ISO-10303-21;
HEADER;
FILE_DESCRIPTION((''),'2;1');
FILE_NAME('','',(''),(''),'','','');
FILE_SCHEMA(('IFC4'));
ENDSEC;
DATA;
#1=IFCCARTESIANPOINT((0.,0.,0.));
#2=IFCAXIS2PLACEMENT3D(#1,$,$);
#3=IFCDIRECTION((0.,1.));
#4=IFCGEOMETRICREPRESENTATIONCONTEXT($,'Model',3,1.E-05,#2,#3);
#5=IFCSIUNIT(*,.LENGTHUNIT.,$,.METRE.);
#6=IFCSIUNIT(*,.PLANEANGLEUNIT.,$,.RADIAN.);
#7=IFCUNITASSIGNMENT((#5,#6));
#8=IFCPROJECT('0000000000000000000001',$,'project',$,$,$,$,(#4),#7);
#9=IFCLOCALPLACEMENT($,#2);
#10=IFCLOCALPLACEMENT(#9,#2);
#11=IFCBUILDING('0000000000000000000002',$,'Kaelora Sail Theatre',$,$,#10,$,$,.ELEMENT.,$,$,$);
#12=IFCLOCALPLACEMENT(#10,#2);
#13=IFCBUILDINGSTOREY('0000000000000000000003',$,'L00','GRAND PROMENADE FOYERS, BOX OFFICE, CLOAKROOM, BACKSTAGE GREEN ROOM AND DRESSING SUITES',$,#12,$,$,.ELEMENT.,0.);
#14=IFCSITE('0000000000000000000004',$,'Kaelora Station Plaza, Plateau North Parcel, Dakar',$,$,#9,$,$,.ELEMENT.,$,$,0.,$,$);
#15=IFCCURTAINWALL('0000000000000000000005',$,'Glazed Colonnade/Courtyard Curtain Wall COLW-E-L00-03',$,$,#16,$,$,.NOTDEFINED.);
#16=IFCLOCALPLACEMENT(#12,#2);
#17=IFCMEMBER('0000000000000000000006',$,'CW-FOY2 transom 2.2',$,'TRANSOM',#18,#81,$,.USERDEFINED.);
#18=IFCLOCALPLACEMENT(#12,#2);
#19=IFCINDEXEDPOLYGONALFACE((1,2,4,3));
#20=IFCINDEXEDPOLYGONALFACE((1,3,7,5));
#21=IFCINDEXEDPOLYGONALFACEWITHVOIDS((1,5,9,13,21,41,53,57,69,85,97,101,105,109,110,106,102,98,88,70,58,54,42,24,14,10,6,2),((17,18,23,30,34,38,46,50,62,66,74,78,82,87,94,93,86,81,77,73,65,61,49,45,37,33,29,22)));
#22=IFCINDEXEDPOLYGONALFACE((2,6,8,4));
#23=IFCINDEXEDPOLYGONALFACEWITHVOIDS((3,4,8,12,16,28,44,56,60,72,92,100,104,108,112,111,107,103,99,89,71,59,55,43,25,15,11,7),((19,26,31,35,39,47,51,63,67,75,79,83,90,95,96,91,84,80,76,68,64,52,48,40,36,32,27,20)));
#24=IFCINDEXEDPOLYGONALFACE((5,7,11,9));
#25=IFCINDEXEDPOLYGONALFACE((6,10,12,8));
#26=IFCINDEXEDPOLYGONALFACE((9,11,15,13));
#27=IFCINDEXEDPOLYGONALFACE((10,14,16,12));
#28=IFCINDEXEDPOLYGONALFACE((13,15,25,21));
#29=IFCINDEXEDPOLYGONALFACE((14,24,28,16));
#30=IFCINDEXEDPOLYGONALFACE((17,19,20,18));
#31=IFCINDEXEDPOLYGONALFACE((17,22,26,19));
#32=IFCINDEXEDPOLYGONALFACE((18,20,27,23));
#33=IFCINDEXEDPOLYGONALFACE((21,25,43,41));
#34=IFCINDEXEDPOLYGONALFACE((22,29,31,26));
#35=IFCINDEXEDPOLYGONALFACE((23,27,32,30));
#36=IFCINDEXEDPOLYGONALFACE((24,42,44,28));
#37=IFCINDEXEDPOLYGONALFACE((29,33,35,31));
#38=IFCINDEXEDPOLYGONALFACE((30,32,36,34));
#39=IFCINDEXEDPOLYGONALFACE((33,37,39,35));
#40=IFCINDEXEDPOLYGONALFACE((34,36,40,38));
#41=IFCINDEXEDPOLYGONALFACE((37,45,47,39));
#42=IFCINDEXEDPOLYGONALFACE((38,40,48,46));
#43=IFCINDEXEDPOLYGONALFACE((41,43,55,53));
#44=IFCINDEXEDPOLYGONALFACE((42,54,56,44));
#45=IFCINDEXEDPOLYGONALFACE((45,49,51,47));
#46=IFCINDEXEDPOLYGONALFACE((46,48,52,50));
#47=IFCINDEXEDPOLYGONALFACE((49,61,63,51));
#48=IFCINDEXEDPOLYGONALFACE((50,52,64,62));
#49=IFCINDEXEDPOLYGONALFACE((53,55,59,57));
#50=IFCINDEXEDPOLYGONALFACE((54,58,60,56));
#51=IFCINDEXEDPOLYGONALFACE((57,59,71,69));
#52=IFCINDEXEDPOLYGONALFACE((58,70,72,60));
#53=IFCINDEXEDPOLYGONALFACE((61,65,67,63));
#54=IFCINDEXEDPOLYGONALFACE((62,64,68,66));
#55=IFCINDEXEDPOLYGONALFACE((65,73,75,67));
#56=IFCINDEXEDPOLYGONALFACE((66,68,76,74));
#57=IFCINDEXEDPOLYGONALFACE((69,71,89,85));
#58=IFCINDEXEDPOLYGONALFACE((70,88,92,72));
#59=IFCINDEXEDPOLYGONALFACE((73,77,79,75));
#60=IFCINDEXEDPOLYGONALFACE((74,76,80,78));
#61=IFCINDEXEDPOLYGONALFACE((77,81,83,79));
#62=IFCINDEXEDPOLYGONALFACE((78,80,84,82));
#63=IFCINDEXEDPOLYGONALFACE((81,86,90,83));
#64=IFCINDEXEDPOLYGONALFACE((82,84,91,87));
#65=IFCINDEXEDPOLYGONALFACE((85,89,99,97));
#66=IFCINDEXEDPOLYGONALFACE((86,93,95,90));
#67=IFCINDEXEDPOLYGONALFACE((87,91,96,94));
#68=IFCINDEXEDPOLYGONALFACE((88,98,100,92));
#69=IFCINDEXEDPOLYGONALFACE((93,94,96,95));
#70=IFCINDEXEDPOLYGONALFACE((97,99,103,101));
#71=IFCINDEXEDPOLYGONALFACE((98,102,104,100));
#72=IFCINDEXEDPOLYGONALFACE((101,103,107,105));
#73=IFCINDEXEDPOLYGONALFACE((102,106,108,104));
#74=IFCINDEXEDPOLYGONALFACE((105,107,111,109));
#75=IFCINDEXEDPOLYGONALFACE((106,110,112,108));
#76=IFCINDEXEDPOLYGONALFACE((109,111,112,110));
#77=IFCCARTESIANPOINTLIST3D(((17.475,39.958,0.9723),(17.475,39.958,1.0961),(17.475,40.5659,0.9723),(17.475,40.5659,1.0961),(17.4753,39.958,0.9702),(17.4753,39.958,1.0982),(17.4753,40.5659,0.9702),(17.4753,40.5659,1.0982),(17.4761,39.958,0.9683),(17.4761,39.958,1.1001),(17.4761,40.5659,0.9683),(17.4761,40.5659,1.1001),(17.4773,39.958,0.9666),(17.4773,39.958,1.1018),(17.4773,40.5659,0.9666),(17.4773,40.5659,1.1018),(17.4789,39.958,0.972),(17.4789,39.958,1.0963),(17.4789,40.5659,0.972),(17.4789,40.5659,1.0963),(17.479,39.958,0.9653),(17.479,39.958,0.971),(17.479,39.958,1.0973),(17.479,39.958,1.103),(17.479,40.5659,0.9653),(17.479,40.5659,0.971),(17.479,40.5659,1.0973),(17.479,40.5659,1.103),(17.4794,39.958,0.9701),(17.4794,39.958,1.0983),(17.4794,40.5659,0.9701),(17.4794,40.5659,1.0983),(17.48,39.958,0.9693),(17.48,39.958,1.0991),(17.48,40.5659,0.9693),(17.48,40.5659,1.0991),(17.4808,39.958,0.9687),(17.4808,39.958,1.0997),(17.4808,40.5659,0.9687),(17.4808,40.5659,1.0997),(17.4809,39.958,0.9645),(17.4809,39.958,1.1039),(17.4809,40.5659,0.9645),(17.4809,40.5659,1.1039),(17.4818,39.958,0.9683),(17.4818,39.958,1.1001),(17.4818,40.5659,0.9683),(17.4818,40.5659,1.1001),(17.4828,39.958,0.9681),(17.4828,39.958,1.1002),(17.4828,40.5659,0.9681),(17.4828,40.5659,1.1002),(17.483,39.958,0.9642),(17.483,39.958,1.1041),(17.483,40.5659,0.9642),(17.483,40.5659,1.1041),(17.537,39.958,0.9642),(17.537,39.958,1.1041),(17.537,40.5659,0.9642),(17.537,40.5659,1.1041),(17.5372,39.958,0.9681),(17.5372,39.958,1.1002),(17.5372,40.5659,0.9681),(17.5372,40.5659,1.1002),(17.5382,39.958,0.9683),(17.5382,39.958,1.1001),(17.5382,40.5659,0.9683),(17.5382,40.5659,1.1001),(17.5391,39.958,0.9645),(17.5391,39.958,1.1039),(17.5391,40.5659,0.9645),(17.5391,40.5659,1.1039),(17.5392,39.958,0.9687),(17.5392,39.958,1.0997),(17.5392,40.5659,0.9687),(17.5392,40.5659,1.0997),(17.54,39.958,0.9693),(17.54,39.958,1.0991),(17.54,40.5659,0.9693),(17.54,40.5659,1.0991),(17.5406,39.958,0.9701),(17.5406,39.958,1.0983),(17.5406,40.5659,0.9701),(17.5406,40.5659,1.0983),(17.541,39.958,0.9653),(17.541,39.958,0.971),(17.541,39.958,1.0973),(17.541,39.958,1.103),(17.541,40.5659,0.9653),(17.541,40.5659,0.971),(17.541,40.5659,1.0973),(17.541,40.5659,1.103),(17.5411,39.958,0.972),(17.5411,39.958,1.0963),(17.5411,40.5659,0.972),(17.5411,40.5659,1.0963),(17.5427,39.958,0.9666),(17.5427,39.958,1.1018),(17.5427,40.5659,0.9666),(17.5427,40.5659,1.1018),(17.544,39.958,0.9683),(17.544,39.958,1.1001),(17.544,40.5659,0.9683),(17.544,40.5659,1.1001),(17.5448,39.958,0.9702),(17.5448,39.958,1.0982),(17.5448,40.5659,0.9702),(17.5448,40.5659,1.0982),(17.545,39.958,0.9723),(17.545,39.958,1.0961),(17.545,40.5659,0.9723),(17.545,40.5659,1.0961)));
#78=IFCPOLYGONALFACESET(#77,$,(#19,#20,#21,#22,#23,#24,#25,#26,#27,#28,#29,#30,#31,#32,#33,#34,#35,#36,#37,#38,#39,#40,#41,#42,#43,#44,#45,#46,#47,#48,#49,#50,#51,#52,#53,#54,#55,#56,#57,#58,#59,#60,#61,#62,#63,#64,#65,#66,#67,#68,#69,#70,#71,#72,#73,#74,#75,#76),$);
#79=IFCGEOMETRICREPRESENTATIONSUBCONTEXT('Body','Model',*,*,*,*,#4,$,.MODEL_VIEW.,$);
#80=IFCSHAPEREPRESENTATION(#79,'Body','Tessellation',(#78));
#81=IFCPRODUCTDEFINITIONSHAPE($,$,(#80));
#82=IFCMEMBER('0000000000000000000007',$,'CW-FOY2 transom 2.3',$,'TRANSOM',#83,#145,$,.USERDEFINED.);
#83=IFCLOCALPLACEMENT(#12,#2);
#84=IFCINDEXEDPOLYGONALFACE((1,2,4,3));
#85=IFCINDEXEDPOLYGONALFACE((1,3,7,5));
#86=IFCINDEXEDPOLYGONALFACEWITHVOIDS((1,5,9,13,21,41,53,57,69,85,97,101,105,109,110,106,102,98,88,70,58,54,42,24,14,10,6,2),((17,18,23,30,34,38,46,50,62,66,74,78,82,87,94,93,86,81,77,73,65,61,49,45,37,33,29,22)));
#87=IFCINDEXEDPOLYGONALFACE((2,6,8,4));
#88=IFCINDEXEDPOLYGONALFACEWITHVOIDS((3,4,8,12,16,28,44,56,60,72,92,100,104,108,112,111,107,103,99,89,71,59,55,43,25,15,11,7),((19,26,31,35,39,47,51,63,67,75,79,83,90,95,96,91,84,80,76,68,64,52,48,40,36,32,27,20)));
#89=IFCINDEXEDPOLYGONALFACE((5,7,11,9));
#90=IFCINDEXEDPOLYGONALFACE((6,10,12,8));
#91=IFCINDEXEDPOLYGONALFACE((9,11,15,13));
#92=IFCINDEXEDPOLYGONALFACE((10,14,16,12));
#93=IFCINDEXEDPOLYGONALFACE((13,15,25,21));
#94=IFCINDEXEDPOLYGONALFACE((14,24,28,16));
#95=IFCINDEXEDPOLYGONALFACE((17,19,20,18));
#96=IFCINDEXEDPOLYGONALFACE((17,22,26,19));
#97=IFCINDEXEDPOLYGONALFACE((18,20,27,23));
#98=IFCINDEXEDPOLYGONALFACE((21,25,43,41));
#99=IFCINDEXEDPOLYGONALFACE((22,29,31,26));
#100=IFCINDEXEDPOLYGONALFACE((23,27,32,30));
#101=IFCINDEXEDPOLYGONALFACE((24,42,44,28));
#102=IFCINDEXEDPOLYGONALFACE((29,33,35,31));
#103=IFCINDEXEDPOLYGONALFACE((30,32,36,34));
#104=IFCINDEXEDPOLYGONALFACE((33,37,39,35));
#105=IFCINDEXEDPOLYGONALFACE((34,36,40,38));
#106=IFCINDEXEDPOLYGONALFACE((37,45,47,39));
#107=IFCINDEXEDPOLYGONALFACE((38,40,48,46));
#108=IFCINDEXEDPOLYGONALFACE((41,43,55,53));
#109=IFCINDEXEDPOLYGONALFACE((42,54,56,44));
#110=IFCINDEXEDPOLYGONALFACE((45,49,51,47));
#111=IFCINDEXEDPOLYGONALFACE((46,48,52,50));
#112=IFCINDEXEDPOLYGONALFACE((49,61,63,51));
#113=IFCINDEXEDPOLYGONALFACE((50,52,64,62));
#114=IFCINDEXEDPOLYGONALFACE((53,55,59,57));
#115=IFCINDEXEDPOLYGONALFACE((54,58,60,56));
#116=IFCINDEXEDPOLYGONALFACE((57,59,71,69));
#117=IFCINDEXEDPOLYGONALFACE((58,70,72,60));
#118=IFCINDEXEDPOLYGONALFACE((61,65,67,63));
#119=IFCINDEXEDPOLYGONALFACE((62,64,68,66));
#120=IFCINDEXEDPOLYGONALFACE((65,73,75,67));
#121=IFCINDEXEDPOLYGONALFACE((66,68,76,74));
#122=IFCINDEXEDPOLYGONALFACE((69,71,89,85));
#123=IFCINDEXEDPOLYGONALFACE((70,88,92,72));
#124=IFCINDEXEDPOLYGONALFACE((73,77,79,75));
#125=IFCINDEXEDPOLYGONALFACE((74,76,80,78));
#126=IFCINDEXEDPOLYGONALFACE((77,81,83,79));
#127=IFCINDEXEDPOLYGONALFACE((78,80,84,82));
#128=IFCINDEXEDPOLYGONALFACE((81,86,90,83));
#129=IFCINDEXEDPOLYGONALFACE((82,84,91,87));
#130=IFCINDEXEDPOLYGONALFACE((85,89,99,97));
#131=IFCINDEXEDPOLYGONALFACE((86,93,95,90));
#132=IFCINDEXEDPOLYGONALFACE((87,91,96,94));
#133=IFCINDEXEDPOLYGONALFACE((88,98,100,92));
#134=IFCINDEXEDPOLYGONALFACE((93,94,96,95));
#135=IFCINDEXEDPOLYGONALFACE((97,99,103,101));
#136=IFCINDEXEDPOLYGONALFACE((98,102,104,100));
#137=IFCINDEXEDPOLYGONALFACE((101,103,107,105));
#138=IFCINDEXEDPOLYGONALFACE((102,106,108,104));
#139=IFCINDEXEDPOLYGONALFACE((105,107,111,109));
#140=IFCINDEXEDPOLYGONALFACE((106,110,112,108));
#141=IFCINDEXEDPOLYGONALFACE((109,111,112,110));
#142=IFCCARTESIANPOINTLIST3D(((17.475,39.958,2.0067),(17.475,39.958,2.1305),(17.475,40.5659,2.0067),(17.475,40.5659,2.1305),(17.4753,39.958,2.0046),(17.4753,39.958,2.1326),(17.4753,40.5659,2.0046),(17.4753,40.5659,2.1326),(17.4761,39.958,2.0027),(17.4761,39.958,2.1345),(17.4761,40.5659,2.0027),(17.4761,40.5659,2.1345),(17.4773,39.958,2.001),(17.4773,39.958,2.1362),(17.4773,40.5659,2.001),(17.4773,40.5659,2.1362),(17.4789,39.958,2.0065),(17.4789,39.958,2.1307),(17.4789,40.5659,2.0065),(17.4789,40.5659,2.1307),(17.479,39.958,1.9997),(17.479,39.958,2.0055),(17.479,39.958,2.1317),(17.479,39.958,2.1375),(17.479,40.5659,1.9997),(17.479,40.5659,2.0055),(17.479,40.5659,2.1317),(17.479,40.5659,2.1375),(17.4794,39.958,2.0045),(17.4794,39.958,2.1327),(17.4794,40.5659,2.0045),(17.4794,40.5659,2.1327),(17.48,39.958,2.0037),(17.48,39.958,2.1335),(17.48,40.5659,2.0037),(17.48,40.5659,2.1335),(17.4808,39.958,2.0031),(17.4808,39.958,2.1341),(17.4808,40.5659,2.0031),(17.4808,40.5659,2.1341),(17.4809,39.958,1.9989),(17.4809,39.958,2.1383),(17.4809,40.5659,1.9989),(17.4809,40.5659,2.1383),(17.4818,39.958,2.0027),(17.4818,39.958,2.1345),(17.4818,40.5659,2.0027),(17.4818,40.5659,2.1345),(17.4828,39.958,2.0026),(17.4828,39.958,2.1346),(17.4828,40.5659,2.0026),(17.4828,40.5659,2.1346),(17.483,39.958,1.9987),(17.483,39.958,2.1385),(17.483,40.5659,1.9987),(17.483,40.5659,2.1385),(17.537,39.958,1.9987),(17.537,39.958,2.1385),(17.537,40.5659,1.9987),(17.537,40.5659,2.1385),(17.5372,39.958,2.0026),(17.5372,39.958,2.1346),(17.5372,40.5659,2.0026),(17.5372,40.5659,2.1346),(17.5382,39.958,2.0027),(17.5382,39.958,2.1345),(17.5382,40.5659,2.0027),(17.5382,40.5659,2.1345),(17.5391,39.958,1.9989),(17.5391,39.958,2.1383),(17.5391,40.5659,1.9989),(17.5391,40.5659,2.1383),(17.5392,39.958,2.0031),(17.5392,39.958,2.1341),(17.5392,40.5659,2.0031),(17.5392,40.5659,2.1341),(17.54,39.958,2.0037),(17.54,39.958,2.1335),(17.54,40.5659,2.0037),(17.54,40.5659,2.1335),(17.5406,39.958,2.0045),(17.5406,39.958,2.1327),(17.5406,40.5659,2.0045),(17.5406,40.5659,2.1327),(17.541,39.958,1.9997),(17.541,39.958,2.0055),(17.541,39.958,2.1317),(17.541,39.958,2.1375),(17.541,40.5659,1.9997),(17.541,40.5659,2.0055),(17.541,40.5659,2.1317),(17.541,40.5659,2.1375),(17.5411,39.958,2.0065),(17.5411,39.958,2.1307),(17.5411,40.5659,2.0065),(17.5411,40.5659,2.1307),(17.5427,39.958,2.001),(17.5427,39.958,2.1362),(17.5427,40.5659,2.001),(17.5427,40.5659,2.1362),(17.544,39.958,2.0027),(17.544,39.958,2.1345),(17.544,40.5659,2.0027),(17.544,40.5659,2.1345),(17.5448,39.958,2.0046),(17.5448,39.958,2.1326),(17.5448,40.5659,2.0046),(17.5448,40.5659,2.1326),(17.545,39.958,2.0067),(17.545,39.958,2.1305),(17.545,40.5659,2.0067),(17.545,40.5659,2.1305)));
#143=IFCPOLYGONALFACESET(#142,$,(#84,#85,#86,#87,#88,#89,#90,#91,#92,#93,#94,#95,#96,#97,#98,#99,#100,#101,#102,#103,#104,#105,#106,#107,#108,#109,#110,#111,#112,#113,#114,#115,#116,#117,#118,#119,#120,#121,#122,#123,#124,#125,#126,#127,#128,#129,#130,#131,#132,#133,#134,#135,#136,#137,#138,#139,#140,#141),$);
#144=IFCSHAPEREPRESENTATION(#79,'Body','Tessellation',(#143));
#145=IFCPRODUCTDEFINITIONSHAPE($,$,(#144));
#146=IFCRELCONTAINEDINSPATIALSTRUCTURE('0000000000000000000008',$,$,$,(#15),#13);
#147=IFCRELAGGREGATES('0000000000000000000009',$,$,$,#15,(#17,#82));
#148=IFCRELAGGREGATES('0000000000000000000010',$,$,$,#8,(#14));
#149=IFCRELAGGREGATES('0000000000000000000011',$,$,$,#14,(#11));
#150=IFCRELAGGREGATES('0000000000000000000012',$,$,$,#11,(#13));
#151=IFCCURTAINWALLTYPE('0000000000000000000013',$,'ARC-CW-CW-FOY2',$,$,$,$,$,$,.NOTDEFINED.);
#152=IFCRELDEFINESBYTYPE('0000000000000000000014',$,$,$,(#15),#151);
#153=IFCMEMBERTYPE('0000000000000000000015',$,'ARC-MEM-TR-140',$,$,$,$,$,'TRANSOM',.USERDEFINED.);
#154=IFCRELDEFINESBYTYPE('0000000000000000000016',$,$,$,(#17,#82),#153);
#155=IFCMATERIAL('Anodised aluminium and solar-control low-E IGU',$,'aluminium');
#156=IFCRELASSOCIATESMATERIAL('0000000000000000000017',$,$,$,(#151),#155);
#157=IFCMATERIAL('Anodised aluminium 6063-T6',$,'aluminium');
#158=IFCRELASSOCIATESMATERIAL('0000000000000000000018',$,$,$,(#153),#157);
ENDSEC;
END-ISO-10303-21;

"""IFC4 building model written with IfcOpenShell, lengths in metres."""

from ifc_helpers import new_model, si_unit, direction, frame, origin, origin_2d, place, context, subcontext, project, spatial, hollow_rectangle, extrude, material, material_profile, profile_set, type_object, element, aggregate, save


model = new_model("IFC4")

# Units and contexts
model_context = context("Model", 3, precision=1e-05, world=origin(), true_north=direction((0.0, 1.0)))
body_context = subcontext(model_context, "Body", "Model", "MODEL_VIEW")
ifc_project = project(units=[si_unit("LENGTHUNIT", "METRE"), si_unit("PLANEANGLEUNIT", "RADIAN")], contexts=[model_context])

# Site, building, storey
site_placement = place(None, origin())
site = spatial("IfcSite", under=ifc_project, at=site_placement, Name="Kaelora Station Plaza, Plateau North Parcel, Dakar", CompositionType="ELEMENT", RefElevation=0.0)
building_placement = place(site_placement, origin())
building = spatial("IfcBuilding", under=site, at=building_placement, Name="Kaelora Sail Theatre", CompositionType="ELEMENT")
storey_placement = place(building_placement, origin())
storey = spatial("IfcBuildingStorey", under=building, at=storey_placement, Name="L00", Description="GRAND PROMENADE FOYERS, BOX OFFICE, CLOAKROOM, BACKSTAGE GREEN ROOM AND DRESSING SUITES", CompositionType="ELEMENT", Elevation=0.0)

# Curtain wall, members
ifc_material_1 = material(Name="Anodised aluminium and solar-control low-E IGU", Category="aluminium")
curtain_wall_type = type_object("IfcCurtainWallType", Name="ARC-CW-CW-FOY2", PredefinedType="NOTDEFINED", material=ifc_material_1)
curtain_wall_placement = place(storey_placement, origin())
curtain_wall = element("IfcCurtainWall", 1, at=curtain_wall_placement, inside=storey, type_object=curtain_wall_type, Name="Glazed Colonnade/Courtyard Curtain Wall COLW-E-L00-03", PredefinedType="NOTDEFINED")
ifc_material_2 = material(Name="Anodised aluminium 6063-T6", Category="aluminium")
ifc_material_profile_1 = material_profile(ifc_material_2, hollow_rectangle(XDim=0.0701, YDim=0.1399, WallThickness=0.0039, InnerFilletRadius=0.0039, OuterFilletRadius=0.0081, at=origin_2d()), Name="ALU-TRAN 70x140x4")
ifc_profile_set_1 = profile_set([ifc_material_profile_1], Name="Anodised aluminium 6063-T6")
member_type_1 = type_object("IfcMemberType", Name="ARC-MEM-TR-140", ElementType="TRANSOM", PredefinedType="USERDEFINED", material=ifc_profile_set_1)
member_1_placement = place(storey_placement, frame((17.51, 39.958, 1.0342), z_axis=(0.0, 1.0, 0.0), x_axis=(-1.0, 0.0, 0.0)))
member_1 = element("IfcMember", 2, at=member_1_placement, type_object=member_type_1, Name="CW-FOY2 transom 2.2", ObjectType="TRANSOM", PredefinedType="USERDEFINED", context=body_context, shape_type="SweptSolid", body=[
    extrude(hollow_rectangle(XDim=0.0701, YDim=0.1399, WallThickness=0.0039, InnerFilletRadius=0.0039, OuterFilletRadius=0.0081, at=origin_2d()), origin(), (0.0, 0.0, 1.0), 0.6079),
])
member_2_placement = place(storey_placement, frame((17.51, 39.958, 2.0686), z_axis=(0.0, 1.0, 0.0), x_axis=(-1.0, 0.0, 0.0)))
member_2 = element("IfcMember", 3, at=member_2_placement, type_object=member_type_1, Name="CW-FOY2 transom 2.3", ObjectType="TRANSOM", PredefinedType="USERDEFINED", context=body_context, shape_type="SweptSolid", body=[
    extrude(hollow_rectangle(XDim=0.0701, YDim=0.1399, WallThickness=0.0039, InnerFilletRadius=0.0039, OuterFilletRadius=0.0081, at=origin_2d()), origin(), (0.0, 0.0, 1.0), 0.6079),
])
aggregate(curtain_wall, [member_1, member_2])

save(model, "model.ifc")
